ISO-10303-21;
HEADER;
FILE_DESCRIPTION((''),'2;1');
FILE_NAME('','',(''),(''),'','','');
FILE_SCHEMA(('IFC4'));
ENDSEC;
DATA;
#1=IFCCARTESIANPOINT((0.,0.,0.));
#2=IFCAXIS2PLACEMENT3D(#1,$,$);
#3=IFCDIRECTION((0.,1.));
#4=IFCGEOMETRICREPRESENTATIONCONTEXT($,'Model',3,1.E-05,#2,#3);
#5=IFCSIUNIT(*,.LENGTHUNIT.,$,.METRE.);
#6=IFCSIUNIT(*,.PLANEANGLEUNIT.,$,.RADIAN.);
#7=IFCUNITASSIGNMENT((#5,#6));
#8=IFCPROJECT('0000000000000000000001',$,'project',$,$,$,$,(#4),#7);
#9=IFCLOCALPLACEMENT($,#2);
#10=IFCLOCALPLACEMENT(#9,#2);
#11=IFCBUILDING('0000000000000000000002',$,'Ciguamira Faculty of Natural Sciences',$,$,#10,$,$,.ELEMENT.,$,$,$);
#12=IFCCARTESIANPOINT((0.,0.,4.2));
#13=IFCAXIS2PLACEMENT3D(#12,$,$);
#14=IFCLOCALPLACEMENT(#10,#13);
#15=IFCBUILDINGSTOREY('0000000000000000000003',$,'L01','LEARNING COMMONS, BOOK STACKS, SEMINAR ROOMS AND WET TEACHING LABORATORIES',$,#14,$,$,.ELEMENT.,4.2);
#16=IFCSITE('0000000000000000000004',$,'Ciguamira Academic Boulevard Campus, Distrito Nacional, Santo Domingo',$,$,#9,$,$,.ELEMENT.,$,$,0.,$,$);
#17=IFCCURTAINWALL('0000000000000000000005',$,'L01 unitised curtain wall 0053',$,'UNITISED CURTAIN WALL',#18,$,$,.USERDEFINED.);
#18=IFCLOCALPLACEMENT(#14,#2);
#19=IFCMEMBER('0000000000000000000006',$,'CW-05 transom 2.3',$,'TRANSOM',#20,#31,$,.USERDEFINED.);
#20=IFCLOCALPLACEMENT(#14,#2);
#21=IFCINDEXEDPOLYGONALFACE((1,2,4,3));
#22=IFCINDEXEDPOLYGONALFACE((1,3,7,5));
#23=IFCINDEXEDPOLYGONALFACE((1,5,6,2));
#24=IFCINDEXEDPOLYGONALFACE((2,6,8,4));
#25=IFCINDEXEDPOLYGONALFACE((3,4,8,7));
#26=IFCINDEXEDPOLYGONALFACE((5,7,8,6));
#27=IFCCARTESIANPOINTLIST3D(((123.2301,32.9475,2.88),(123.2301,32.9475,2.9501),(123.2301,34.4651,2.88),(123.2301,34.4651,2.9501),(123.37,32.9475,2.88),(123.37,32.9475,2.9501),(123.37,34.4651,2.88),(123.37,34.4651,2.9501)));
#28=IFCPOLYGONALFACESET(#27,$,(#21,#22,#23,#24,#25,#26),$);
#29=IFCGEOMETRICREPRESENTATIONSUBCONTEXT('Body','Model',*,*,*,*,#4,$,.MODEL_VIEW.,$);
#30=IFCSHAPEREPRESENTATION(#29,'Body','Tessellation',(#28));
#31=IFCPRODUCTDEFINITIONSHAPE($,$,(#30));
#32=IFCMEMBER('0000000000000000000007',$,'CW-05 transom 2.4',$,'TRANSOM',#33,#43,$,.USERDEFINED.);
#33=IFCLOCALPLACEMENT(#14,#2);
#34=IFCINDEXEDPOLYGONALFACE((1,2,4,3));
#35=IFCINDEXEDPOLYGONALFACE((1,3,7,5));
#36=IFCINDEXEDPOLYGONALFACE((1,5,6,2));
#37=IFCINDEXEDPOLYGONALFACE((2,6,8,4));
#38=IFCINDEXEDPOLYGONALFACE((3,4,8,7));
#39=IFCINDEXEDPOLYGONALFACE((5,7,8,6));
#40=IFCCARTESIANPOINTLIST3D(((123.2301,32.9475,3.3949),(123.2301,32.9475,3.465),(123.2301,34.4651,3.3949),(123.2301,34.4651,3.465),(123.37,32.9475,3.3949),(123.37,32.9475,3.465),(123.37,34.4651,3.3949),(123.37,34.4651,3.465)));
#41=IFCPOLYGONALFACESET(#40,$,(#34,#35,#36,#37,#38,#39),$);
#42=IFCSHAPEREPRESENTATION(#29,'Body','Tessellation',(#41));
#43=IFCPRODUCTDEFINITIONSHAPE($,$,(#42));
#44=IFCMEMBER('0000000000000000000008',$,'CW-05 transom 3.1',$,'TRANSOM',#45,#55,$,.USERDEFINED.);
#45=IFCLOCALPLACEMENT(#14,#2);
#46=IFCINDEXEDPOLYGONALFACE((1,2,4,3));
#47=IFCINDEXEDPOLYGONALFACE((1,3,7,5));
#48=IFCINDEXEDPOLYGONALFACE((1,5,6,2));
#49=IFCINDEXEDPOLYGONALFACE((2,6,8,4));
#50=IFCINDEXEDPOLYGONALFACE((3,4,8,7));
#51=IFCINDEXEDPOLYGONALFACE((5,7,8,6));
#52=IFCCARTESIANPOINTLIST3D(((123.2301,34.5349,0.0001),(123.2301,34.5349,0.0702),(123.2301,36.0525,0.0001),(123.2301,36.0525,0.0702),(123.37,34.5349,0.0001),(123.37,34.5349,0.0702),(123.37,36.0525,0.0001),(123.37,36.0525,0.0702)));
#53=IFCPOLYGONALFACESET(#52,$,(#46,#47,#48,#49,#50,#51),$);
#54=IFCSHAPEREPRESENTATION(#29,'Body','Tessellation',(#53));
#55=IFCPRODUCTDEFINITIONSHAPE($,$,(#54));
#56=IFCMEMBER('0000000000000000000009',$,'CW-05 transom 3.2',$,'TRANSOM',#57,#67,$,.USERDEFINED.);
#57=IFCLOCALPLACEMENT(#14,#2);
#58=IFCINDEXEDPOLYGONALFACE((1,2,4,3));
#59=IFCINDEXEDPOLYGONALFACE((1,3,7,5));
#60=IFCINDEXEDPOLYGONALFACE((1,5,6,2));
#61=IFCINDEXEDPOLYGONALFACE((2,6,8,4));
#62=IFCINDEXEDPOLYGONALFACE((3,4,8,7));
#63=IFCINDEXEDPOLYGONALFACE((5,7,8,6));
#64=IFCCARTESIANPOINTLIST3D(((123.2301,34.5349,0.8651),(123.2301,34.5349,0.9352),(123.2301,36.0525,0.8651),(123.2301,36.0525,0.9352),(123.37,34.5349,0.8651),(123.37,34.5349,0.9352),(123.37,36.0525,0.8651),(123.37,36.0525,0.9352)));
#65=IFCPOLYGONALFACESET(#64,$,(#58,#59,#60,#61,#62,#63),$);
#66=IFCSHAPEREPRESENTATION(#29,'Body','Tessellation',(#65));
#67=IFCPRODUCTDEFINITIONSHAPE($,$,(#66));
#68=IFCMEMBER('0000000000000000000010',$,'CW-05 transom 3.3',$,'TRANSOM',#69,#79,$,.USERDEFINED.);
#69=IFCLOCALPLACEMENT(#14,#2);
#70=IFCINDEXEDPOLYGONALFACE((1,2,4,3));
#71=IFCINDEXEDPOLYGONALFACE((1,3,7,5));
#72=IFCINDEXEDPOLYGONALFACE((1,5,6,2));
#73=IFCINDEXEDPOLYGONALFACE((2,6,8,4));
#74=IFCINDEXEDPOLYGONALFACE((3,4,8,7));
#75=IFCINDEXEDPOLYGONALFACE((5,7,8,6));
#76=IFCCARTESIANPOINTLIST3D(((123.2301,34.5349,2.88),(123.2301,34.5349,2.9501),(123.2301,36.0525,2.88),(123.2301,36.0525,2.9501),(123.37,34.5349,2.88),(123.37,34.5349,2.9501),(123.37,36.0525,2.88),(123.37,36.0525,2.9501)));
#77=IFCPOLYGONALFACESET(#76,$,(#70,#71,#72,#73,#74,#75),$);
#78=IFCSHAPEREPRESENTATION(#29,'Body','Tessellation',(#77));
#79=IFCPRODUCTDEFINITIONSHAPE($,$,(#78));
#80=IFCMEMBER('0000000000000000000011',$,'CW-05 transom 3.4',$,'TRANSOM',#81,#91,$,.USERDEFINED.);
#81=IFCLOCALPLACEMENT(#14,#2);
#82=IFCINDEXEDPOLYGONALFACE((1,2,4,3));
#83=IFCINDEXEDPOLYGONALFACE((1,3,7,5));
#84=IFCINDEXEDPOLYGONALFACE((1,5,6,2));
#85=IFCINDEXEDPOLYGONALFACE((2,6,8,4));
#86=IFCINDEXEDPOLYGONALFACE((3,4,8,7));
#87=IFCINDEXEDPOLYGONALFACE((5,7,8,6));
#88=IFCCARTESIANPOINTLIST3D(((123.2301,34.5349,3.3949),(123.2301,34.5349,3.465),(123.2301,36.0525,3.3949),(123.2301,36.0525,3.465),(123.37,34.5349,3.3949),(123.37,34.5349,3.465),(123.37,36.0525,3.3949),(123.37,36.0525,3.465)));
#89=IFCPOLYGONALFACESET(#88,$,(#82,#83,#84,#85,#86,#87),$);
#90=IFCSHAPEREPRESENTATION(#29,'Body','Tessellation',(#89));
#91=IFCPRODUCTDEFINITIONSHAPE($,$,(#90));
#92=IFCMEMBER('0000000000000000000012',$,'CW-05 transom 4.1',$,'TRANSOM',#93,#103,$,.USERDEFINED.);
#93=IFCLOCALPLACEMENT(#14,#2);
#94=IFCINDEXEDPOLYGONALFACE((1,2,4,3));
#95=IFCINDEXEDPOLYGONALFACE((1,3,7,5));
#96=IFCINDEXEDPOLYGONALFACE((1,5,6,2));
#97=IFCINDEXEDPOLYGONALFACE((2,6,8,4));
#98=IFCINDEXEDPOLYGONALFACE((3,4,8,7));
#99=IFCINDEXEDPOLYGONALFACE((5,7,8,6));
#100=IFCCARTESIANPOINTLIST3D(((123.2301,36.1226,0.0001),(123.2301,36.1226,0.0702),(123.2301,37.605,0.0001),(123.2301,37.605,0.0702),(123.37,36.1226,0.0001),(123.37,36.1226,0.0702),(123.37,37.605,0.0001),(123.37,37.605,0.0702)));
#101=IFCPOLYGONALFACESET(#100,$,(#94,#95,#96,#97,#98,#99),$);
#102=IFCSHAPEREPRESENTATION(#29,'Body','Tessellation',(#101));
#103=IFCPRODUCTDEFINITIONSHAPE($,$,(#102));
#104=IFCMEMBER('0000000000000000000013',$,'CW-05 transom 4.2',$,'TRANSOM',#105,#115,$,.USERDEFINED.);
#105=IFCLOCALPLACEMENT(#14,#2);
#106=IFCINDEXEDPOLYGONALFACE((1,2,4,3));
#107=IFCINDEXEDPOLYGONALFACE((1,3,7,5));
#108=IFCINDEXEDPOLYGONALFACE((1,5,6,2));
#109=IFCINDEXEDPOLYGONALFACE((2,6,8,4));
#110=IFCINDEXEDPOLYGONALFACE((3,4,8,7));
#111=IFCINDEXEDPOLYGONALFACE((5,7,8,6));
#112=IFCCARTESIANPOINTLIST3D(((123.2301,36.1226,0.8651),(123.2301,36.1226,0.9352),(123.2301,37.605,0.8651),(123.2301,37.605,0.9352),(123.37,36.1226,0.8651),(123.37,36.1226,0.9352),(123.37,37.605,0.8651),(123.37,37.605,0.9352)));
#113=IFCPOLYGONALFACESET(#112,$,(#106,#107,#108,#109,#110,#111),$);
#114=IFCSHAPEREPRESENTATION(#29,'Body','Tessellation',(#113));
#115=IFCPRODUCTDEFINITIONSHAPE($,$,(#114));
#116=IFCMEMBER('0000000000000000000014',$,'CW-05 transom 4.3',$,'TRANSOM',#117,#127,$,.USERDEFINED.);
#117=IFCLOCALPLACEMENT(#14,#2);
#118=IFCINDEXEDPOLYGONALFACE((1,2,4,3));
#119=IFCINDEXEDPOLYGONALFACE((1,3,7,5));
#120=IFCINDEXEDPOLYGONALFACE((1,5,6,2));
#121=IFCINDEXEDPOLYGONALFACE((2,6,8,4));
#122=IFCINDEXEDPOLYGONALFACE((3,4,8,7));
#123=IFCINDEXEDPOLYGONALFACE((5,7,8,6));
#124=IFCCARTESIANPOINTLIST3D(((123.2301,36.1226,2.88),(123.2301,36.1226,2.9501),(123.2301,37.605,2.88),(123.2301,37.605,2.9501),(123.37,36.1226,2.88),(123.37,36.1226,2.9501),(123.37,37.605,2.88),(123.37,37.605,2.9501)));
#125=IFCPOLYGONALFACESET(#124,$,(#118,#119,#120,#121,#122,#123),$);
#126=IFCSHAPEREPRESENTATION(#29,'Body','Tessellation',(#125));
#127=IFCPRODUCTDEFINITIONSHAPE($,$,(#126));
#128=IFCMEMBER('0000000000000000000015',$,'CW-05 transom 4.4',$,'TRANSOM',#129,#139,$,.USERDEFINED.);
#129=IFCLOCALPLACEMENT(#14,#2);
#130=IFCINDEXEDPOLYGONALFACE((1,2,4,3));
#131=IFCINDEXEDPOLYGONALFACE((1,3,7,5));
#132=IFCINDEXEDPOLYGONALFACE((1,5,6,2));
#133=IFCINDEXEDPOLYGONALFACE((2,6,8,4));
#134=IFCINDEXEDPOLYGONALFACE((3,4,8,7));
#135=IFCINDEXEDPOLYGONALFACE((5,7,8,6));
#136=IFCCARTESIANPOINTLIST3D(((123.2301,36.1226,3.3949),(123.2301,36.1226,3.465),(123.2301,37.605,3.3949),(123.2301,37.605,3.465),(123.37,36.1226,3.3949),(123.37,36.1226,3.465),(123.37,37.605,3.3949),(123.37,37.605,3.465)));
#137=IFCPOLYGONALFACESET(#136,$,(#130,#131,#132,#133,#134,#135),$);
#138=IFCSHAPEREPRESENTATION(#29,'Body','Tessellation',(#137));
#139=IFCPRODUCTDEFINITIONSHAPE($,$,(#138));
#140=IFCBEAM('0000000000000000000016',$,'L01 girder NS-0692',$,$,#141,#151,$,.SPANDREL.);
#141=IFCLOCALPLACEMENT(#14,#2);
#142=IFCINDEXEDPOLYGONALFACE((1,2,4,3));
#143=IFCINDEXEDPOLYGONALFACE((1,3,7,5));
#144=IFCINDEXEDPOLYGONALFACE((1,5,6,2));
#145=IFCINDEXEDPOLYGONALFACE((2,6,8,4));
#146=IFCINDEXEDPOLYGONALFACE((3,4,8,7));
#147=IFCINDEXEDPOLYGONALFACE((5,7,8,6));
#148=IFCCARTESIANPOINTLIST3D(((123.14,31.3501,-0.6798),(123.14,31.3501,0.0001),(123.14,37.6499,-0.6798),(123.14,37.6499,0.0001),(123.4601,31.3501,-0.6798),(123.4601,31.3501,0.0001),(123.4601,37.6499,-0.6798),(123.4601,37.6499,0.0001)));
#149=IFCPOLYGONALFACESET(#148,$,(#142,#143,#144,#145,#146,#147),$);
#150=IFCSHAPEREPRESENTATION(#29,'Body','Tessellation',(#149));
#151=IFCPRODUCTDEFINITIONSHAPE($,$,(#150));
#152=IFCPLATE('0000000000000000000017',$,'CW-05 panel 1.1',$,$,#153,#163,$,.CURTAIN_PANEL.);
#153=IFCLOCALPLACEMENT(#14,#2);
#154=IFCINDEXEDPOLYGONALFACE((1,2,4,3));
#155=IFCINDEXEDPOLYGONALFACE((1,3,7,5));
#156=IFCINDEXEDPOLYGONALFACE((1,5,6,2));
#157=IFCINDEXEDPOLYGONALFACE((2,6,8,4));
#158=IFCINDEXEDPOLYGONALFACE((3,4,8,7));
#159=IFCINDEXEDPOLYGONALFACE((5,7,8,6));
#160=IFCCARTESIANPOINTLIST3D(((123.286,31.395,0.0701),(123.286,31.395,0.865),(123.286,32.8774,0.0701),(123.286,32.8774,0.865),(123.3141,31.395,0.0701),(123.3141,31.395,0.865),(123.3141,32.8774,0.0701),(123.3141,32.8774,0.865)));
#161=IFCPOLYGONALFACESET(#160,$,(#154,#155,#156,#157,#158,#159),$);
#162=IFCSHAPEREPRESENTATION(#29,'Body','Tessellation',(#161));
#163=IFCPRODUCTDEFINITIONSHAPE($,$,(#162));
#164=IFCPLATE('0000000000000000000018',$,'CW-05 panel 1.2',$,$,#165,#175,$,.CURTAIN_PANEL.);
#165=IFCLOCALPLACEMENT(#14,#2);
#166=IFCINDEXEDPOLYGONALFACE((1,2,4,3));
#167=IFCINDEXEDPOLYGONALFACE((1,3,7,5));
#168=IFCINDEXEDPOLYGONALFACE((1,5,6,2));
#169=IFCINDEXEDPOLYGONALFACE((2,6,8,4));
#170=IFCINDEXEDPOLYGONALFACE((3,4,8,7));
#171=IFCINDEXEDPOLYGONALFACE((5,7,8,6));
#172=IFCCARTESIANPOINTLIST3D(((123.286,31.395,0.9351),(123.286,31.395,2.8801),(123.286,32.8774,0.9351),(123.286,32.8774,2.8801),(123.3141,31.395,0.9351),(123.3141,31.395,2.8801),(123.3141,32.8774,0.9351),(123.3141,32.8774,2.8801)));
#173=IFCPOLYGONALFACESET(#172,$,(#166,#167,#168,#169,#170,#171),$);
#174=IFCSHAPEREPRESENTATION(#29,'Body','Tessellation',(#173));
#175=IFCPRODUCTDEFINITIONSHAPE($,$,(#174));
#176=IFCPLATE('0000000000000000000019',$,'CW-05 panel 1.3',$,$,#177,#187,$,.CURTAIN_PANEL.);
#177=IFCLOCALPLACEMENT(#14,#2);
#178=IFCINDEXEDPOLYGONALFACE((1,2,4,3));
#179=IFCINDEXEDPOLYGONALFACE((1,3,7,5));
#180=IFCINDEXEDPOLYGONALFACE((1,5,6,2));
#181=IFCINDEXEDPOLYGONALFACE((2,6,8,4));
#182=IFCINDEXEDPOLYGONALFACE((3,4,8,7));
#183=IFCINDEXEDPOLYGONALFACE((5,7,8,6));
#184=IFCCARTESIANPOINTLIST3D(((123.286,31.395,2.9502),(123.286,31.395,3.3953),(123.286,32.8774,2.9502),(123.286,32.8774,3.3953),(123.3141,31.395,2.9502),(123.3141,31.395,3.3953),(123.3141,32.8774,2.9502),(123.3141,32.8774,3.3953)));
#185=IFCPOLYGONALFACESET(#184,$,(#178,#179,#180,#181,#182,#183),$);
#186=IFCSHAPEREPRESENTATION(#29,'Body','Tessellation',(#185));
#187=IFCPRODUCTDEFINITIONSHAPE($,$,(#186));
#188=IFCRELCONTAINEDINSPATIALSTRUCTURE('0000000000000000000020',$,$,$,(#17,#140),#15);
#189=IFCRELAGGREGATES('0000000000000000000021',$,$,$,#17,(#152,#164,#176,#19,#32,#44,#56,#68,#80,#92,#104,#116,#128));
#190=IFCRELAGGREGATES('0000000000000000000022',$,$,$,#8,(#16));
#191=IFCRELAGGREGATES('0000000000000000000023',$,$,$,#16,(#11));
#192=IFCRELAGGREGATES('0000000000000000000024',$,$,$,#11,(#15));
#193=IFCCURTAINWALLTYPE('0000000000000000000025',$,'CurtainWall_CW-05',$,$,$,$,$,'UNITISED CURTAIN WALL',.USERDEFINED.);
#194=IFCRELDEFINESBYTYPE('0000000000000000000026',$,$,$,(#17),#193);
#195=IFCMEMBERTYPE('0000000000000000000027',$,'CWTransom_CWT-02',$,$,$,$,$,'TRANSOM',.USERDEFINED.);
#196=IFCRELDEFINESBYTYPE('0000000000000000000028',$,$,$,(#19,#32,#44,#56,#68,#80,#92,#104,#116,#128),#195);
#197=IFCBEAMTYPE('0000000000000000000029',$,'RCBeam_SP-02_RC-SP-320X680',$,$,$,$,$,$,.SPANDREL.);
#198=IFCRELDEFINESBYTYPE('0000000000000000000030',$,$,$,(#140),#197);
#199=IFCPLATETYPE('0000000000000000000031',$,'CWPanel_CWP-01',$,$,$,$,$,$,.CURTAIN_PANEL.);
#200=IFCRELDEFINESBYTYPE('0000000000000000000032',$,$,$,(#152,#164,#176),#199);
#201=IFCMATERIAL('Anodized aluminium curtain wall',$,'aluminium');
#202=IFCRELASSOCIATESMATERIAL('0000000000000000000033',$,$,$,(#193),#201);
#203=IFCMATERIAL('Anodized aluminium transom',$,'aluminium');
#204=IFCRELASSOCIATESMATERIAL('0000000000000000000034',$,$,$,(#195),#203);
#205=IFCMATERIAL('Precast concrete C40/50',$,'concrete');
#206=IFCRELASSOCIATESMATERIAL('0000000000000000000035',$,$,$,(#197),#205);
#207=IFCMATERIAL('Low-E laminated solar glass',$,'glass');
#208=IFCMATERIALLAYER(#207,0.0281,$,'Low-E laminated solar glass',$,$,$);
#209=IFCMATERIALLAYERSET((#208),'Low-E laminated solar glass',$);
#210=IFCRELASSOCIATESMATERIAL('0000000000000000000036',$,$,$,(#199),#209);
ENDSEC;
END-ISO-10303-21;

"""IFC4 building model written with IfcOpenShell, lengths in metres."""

from ifc_helpers import new_model, si_unit, direction, frame, origin, origin_2d, place, context, subcontext, project, spatial, rectangle, extrude, material, layer, layer_set, material_profile, profile_set, type_object, element, aggregate, save


model = new_model("IFC4")

# Units and contexts
model_context = context("Model", 3, precision=1e-05, world=origin(), true_north=direction((0.0, 1.0)))
body_context = subcontext(model_context, "Body", "Model", "MODEL_VIEW")
ifc_project = project(units=[si_unit("LENGTHUNIT", "METRE"), si_unit("PLANEANGLEUNIT", "RADIAN")], contexts=[model_context])

# Site, building, storey
site_placement = place(None, origin())
site = spatial("IfcSite", under=ifc_project, at=site_placement, Name="Ciguamira Academic Boulevard Campus, Distrito Nacional, Santo Domingo", CompositionType="ELEMENT", RefElevation=0.0)
building_placement = place(site_placement, origin())
building = spatial("IfcBuilding", under=site, at=building_placement, Name="Ciguamira Faculty of Natural Sciences", CompositionType="ELEMENT")
storey_placement = place(building_placement, frame((0.0, 0.0, 4.2)))
storey = spatial("IfcBuildingStorey", under=building, at=storey_placement, Name="L01", Description="LEARNING COMMONS, BOOK STACKS, SEMINAR ROOMS AND WET TEACHING LABORATORIES", CompositionType="ELEMENT", Elevation=4.2)

# Shared definitions
ifc_material_1 = material(Name="Anodized aluminium curtain wall", Category="aluminium")

# Curtain wall, members
curtain_wall_type_1 = type_object("IfcCurtainWallType", Name="CurtainWall_CW-05", ElementType="UNITISED CURTAIN WALL", PredefinedType="USERDEFINED", material=ifc_material_1)
curtain_wall_1_placement = place(storey_placement, origin())
curtain_wall_1 = element("IfcCurtainWall", 1, at=curtain_wall_1_placement, inside=storey, type_object=curtain_wall_type_1, Name="L01 unitised curtain wall 0053", ObjectType="UNITISED CURTAIN WALL", PredefinedType="USERDEFINED")
ifc_material_2 = material(Name="Anodized aluminium transom", Category="aluminium")
ifc_material_profile_1 = material_profile(ifc_material_2, rectangle(XDim=0.0701, YDim=0.1399, at=origin_2d()), Name="ALU-TRN-70X140")
ifc_profile_set_1 = profile_set([ifc_material_profile_1], Name="Anodized aluminium transom")
member_type_1 = type_object("IfcMemberType", Name="CWTransom_CWT-02", ElementType="TRANSOM", PredefinedType="USERDEFINED", material=ifc_profile_set_1)
member_1_placement = place(storey_placement, frame((123.3, 32.9475, 2.915), z_axis=(0.0, 1.0, 0.0), x_axis=(0.0, 0.0, 1.0)))
member_1 = element("IfcMember", 2, at=member_1_placement, type_object=member_type_1, Name="CW-05 transom 2.3", ObjectType="TRANSOM", PredefinedType="USERDEFINED", context=body_context, shape_type="SweptSolid", body=[
    extrude(rectangle(XDim=0.0701, YDim=0.1399, at=origin_2d()), origin(), (0.0, 0.0, 1.0), 1.5176),
])
member_2_placement = place(storey_placement, frame((123.3, 32.9475, 3.4299), z_axis=(0.0, 1.0, 0.0), x_axis=(0.0, 0.0, 1.0)))
member_2 = element("IfcMember", 3, at=member_2_placement, type_object=member_type_1, Name="CW-05 transom 2.4", ObjectType="TRANSOM", PredefinedType="USERDEFINED", context=body_context, shape_type="SweptSolid", body=[
    extrude(rectangle(XDim=0.0701, YDim=0.1399, at=origin_2d()), origin(), (0.0, 0.0, 1.0), 1.5176),
])
member_3_placement = place(storey_placement, frame((123.3, 34.5349, 0.0352), z_axis=(0.0, 1.0, 0.0), x_axis=(0.0, 0.0, 1.0)))
member_3 = element("IfcMember", 4, at=member_3_placement, type_object=member_type_1, Name="CW-05 transom 3.1", ObjectType="TRANSOM", PredefinedType="USERDEFINED", context=body_context, shape_type="SweptSolid", body=[
    extrude(rectangle(XDim=0.0701, YDim=0.1399, at=origin_2d()), origin(), (0.0, 0.0, 1.0), 1.5176),
])
member_4_placement = place(storey_placement, frame((123.3, 34.5349, 0.9001), z_axis=(0.0, 1.0, 0.0), x_axis=(0.0, 0.0, 1.0)))
member_4 = element("IfcMember", 5, at=member_4_placement, type_object=member_type_1, Name="CW-05 transom 3.2", ObjectType="TRANSOM", PredefinedType="USERDEFINED", context=body_context, shape_type="SweptSolid", body=[
    extrude(rectangle(XDim=0.0701, YDim=0.1399, at=origin_2d()), origin(), (0.0, 0.0, 1.0), 1.5176),
])
member_5_placement = place(storey_placement, frame((123.3, 34.5349, 2.915), z_axis=(0.0, 1.0, 0.0), x_axis=(0.0, 0.0, 1.0)))
member_5 = element("IfcMember", 6, at=member_5_placement, type_object=member_type_1, Name="CW-05 transom 3.3", ObjectType="TRANSOM", PredefinedType="USERDEFINED", context=body_context, shape_type="SweptSolid", body=[
    extrude(rectangle(XDim=0.0701, YDim=0.1399, at=origin_2d()), origin(), (0.0, 0.0, 1.0), 1.5176),
])
member_6_placement = place(storey_placement, frame((123.3, 34.5349, 3.4299), z_axis=(0.0, 1.0, 0.0), x_axis=(0.0, 0.0, 1.0)))
member_6 = element("IfcMember", 7, at=member_6_placement, type_object=member_type_1, Name="CW-05 transom 3.4", ObjectType="TRANSOM", PredefinedType="USERDEFINED", context=body_context, shape_type="SweptSolid", body=[
    extrude(rectangle(XDim=0.0701, YDim=0.1399, at=origin_2d()), origin(), (0.0, 0.0, 1.0), 1.5176),
])
member_7_placement = place(storey_placement, frame((123.3, 36.1226, 0.0352), z_axis=(0.0, 1.0, 0.0), x_axis=(0.0, 0.0, 1.0)))
member_7 = element("IfcMember", 8, at=member_7_placement, type_object=member_type_1, Name="CW-05 transom 4.1", ObjectType="TRANSOM", PredefinedType="USERDEFINED", context=body_context, shape_type="SweptSolid", body=[
    extrude(rectangle(XDim=0.0701, YDim=0.1399, at=origin_2d()), origin(), (0.0, 0.0, 1.0), 1.4824),
])
member_8_placement = place(storey_placement, frame((123.3, 36.1226, 0.9001), z_axis=(0.0, 1.0, 0.0), x_axis=(0.0, 0.0, 1.0)))
member_8 = element("IfcMember", 9, at=member_8_placement, type_object=member_type_1, Name="CW-05 transom 4.2", ObjectType="TRANSOM", PredefinedType="USERDEFINED", context=body_context, shape_type="SweptSolid", body=[
    extrude(rectangle(XDim=0.0701, YDim=0.1399, at=origin_2d()), origin(), (0.0, 0.0, 1.0), 1.4824),
])
member_9_placement = place(storey_placement, frame((123.3, 36.1226, 2.915), z_axis=(0.0, 1.0, 0.0), x_axis=(0.0, 0.0, 1.0)))
member_9 = element("IfcMember", 10, at=member_9_placement, type_object=member_type_1, Name="CW-05 transom 4.3", ObjectType="TRANSOM", PredefinedType="USERDEFINED", context=body_context, shape_type="SweptSolid", body=[
    extrude(rectangle(XDim=0.0701, YDim=0.1399, at=origin_2d()), origin(), (0.0, 0.0, 1.0), 1.4824),
])
member_10_placement = place(storey_placement, frame((123.3, 36.1226, 3.4299), z_axis=(0.0, 1.0, 0.0), x_axis=(0.0, 0.0, 1.0)))
member_10 = element("IfcMember", 11, at=member_10_placement, type_object=member_type_1, Name="CW-05 transom 4.4", ObjectType="TRANSOM", PredefinedType="USERDEFINED", context=body_context, shape_type="SweptSolid", body=[
    extrude(rectangle(XDim=0.0701, YDim=0.1399, at=origin_2d()), origin(), (0.0, 0.0, 1.0), 1.4824),
])

# Beam
ifc_material_3 = material(Name="Precast concrete C40/50", Category="concrete")
ifc_material_profile_2 = material_profile(ifc_material_3, rectangle(XDim=0.3201, YDim=0.6799, at=origin_2d()), Name="RC-SP-320X680")
ifc_profile_set_2 = profile_set([ifc_material_profile_2], Name="Precast concrete C40/50")
beam_type = type_object("IfcBeamType", Name="RCBeam_SP-02_RC-SP-320X680", PredefinedType="SPANDREL", material=ifc_profile_set_2)
beam_placement = place(storey_placement, frame((123.3, 31.3501, -0.3398), z_axis=(0.0, 1.0, 0.0), x_axis=(-1.0, 0.0, 0.0)))
element("IfcBeam", 12, at=beam_placement, inside=storey, type_object=beam_type, Name="L01 girder NS-0692", PredefinedType="SPANDREL", context=body_context, shape_type="SweptSolid", body=[
    extrude(rectangle(XDim=0.3201, YDim=0.6799, at=origin_2d()), origin(), (0.0, 0.0, 1.0), 6.2998),
])

# Plates
ifc_material_4 = material(Name="Low-E laminated solar glass", Category="glass")
ifc_layer_1 = layer(ifc_material_4, 0.0281, Name="Low-E laminated solar glass")
ifc_layer_set_1 = layer_set([ifc_layer_1], Name="Low-E laminated solar glass")
plate_type_1 = type_object("IfcPlateType", Name="CWPanel_CWP-01", PredefinedType="CURTAIN_PANEL", material=ifc_layer_set_1)
plate_1_placement = place(storey_placement, frame((123.3, 32.1362, 0.0701), z_axis=(0.0, 0.0, 1.0), x_axis=(0.0, 1.0, 0.0)))
plate_1 = element("IfcPlate", 13, at=plate_1_placement, type_object=plate_type_1, Name="CW-05 panel 1.1", PredefinedType="CURTAIN_PANEL", context=body_context, shape_type="SweptSolid", body=[
    extrude(rectangle(XDim=1.4824, YDim=0.0281, at=origin_2d()), origin(), (0.0, 0.0, 1.0), 0.7949),
])
plate_2_placement = place(storey_placement, frame((123.3, 32.1362, 0.9351), z_axis=(0.0, 0.0, 1.0), x_axis=(0.0, 1.0, 0.0)))
plate_2 = element("IfcPlate", 14, at=plate_2_placement, type_object=plate_type_1, Name="CW-05 panel 1.2", PredefinedType="CURTAIN_PANEL", context=body_context, shape_type="SweptSolid", body=[
    extrude(rectangle(XDim=1.4824, YDim=0.0281, at=origin_2d()), origin(), (0.0, 0.0, 1.0), 1.9451),
])
plate_3_placement = place(storey_placement, frame((123.3, 32.1362, 2.9502), z_axis=(0.0, 0.0, 1.0), x_axis=(0.0, 1.0, 0.0)))
plate_3 = element("IfcPlate", 15, at=plate_3_placement, type_object=plate_type_1, Name="CW-05 panel 1.3", PredefinedType="CURTAIN_PANEL", context=body_context, shape_type="SweptSolid", body=[
    extrude(rectangle(XDim=1.4824, YDim=0.0281, at=origin_2d()), origin(), (0.0, 0.0, 1.0), 0.4451),
])
aggregate(curtain_wall_1, [plate_1, plate_2, plate_3, member_1, member_2, member_3, member_4, member_5, member_6, member_7, member_8, member_9, member_10])

save(model, "model.ifc")
